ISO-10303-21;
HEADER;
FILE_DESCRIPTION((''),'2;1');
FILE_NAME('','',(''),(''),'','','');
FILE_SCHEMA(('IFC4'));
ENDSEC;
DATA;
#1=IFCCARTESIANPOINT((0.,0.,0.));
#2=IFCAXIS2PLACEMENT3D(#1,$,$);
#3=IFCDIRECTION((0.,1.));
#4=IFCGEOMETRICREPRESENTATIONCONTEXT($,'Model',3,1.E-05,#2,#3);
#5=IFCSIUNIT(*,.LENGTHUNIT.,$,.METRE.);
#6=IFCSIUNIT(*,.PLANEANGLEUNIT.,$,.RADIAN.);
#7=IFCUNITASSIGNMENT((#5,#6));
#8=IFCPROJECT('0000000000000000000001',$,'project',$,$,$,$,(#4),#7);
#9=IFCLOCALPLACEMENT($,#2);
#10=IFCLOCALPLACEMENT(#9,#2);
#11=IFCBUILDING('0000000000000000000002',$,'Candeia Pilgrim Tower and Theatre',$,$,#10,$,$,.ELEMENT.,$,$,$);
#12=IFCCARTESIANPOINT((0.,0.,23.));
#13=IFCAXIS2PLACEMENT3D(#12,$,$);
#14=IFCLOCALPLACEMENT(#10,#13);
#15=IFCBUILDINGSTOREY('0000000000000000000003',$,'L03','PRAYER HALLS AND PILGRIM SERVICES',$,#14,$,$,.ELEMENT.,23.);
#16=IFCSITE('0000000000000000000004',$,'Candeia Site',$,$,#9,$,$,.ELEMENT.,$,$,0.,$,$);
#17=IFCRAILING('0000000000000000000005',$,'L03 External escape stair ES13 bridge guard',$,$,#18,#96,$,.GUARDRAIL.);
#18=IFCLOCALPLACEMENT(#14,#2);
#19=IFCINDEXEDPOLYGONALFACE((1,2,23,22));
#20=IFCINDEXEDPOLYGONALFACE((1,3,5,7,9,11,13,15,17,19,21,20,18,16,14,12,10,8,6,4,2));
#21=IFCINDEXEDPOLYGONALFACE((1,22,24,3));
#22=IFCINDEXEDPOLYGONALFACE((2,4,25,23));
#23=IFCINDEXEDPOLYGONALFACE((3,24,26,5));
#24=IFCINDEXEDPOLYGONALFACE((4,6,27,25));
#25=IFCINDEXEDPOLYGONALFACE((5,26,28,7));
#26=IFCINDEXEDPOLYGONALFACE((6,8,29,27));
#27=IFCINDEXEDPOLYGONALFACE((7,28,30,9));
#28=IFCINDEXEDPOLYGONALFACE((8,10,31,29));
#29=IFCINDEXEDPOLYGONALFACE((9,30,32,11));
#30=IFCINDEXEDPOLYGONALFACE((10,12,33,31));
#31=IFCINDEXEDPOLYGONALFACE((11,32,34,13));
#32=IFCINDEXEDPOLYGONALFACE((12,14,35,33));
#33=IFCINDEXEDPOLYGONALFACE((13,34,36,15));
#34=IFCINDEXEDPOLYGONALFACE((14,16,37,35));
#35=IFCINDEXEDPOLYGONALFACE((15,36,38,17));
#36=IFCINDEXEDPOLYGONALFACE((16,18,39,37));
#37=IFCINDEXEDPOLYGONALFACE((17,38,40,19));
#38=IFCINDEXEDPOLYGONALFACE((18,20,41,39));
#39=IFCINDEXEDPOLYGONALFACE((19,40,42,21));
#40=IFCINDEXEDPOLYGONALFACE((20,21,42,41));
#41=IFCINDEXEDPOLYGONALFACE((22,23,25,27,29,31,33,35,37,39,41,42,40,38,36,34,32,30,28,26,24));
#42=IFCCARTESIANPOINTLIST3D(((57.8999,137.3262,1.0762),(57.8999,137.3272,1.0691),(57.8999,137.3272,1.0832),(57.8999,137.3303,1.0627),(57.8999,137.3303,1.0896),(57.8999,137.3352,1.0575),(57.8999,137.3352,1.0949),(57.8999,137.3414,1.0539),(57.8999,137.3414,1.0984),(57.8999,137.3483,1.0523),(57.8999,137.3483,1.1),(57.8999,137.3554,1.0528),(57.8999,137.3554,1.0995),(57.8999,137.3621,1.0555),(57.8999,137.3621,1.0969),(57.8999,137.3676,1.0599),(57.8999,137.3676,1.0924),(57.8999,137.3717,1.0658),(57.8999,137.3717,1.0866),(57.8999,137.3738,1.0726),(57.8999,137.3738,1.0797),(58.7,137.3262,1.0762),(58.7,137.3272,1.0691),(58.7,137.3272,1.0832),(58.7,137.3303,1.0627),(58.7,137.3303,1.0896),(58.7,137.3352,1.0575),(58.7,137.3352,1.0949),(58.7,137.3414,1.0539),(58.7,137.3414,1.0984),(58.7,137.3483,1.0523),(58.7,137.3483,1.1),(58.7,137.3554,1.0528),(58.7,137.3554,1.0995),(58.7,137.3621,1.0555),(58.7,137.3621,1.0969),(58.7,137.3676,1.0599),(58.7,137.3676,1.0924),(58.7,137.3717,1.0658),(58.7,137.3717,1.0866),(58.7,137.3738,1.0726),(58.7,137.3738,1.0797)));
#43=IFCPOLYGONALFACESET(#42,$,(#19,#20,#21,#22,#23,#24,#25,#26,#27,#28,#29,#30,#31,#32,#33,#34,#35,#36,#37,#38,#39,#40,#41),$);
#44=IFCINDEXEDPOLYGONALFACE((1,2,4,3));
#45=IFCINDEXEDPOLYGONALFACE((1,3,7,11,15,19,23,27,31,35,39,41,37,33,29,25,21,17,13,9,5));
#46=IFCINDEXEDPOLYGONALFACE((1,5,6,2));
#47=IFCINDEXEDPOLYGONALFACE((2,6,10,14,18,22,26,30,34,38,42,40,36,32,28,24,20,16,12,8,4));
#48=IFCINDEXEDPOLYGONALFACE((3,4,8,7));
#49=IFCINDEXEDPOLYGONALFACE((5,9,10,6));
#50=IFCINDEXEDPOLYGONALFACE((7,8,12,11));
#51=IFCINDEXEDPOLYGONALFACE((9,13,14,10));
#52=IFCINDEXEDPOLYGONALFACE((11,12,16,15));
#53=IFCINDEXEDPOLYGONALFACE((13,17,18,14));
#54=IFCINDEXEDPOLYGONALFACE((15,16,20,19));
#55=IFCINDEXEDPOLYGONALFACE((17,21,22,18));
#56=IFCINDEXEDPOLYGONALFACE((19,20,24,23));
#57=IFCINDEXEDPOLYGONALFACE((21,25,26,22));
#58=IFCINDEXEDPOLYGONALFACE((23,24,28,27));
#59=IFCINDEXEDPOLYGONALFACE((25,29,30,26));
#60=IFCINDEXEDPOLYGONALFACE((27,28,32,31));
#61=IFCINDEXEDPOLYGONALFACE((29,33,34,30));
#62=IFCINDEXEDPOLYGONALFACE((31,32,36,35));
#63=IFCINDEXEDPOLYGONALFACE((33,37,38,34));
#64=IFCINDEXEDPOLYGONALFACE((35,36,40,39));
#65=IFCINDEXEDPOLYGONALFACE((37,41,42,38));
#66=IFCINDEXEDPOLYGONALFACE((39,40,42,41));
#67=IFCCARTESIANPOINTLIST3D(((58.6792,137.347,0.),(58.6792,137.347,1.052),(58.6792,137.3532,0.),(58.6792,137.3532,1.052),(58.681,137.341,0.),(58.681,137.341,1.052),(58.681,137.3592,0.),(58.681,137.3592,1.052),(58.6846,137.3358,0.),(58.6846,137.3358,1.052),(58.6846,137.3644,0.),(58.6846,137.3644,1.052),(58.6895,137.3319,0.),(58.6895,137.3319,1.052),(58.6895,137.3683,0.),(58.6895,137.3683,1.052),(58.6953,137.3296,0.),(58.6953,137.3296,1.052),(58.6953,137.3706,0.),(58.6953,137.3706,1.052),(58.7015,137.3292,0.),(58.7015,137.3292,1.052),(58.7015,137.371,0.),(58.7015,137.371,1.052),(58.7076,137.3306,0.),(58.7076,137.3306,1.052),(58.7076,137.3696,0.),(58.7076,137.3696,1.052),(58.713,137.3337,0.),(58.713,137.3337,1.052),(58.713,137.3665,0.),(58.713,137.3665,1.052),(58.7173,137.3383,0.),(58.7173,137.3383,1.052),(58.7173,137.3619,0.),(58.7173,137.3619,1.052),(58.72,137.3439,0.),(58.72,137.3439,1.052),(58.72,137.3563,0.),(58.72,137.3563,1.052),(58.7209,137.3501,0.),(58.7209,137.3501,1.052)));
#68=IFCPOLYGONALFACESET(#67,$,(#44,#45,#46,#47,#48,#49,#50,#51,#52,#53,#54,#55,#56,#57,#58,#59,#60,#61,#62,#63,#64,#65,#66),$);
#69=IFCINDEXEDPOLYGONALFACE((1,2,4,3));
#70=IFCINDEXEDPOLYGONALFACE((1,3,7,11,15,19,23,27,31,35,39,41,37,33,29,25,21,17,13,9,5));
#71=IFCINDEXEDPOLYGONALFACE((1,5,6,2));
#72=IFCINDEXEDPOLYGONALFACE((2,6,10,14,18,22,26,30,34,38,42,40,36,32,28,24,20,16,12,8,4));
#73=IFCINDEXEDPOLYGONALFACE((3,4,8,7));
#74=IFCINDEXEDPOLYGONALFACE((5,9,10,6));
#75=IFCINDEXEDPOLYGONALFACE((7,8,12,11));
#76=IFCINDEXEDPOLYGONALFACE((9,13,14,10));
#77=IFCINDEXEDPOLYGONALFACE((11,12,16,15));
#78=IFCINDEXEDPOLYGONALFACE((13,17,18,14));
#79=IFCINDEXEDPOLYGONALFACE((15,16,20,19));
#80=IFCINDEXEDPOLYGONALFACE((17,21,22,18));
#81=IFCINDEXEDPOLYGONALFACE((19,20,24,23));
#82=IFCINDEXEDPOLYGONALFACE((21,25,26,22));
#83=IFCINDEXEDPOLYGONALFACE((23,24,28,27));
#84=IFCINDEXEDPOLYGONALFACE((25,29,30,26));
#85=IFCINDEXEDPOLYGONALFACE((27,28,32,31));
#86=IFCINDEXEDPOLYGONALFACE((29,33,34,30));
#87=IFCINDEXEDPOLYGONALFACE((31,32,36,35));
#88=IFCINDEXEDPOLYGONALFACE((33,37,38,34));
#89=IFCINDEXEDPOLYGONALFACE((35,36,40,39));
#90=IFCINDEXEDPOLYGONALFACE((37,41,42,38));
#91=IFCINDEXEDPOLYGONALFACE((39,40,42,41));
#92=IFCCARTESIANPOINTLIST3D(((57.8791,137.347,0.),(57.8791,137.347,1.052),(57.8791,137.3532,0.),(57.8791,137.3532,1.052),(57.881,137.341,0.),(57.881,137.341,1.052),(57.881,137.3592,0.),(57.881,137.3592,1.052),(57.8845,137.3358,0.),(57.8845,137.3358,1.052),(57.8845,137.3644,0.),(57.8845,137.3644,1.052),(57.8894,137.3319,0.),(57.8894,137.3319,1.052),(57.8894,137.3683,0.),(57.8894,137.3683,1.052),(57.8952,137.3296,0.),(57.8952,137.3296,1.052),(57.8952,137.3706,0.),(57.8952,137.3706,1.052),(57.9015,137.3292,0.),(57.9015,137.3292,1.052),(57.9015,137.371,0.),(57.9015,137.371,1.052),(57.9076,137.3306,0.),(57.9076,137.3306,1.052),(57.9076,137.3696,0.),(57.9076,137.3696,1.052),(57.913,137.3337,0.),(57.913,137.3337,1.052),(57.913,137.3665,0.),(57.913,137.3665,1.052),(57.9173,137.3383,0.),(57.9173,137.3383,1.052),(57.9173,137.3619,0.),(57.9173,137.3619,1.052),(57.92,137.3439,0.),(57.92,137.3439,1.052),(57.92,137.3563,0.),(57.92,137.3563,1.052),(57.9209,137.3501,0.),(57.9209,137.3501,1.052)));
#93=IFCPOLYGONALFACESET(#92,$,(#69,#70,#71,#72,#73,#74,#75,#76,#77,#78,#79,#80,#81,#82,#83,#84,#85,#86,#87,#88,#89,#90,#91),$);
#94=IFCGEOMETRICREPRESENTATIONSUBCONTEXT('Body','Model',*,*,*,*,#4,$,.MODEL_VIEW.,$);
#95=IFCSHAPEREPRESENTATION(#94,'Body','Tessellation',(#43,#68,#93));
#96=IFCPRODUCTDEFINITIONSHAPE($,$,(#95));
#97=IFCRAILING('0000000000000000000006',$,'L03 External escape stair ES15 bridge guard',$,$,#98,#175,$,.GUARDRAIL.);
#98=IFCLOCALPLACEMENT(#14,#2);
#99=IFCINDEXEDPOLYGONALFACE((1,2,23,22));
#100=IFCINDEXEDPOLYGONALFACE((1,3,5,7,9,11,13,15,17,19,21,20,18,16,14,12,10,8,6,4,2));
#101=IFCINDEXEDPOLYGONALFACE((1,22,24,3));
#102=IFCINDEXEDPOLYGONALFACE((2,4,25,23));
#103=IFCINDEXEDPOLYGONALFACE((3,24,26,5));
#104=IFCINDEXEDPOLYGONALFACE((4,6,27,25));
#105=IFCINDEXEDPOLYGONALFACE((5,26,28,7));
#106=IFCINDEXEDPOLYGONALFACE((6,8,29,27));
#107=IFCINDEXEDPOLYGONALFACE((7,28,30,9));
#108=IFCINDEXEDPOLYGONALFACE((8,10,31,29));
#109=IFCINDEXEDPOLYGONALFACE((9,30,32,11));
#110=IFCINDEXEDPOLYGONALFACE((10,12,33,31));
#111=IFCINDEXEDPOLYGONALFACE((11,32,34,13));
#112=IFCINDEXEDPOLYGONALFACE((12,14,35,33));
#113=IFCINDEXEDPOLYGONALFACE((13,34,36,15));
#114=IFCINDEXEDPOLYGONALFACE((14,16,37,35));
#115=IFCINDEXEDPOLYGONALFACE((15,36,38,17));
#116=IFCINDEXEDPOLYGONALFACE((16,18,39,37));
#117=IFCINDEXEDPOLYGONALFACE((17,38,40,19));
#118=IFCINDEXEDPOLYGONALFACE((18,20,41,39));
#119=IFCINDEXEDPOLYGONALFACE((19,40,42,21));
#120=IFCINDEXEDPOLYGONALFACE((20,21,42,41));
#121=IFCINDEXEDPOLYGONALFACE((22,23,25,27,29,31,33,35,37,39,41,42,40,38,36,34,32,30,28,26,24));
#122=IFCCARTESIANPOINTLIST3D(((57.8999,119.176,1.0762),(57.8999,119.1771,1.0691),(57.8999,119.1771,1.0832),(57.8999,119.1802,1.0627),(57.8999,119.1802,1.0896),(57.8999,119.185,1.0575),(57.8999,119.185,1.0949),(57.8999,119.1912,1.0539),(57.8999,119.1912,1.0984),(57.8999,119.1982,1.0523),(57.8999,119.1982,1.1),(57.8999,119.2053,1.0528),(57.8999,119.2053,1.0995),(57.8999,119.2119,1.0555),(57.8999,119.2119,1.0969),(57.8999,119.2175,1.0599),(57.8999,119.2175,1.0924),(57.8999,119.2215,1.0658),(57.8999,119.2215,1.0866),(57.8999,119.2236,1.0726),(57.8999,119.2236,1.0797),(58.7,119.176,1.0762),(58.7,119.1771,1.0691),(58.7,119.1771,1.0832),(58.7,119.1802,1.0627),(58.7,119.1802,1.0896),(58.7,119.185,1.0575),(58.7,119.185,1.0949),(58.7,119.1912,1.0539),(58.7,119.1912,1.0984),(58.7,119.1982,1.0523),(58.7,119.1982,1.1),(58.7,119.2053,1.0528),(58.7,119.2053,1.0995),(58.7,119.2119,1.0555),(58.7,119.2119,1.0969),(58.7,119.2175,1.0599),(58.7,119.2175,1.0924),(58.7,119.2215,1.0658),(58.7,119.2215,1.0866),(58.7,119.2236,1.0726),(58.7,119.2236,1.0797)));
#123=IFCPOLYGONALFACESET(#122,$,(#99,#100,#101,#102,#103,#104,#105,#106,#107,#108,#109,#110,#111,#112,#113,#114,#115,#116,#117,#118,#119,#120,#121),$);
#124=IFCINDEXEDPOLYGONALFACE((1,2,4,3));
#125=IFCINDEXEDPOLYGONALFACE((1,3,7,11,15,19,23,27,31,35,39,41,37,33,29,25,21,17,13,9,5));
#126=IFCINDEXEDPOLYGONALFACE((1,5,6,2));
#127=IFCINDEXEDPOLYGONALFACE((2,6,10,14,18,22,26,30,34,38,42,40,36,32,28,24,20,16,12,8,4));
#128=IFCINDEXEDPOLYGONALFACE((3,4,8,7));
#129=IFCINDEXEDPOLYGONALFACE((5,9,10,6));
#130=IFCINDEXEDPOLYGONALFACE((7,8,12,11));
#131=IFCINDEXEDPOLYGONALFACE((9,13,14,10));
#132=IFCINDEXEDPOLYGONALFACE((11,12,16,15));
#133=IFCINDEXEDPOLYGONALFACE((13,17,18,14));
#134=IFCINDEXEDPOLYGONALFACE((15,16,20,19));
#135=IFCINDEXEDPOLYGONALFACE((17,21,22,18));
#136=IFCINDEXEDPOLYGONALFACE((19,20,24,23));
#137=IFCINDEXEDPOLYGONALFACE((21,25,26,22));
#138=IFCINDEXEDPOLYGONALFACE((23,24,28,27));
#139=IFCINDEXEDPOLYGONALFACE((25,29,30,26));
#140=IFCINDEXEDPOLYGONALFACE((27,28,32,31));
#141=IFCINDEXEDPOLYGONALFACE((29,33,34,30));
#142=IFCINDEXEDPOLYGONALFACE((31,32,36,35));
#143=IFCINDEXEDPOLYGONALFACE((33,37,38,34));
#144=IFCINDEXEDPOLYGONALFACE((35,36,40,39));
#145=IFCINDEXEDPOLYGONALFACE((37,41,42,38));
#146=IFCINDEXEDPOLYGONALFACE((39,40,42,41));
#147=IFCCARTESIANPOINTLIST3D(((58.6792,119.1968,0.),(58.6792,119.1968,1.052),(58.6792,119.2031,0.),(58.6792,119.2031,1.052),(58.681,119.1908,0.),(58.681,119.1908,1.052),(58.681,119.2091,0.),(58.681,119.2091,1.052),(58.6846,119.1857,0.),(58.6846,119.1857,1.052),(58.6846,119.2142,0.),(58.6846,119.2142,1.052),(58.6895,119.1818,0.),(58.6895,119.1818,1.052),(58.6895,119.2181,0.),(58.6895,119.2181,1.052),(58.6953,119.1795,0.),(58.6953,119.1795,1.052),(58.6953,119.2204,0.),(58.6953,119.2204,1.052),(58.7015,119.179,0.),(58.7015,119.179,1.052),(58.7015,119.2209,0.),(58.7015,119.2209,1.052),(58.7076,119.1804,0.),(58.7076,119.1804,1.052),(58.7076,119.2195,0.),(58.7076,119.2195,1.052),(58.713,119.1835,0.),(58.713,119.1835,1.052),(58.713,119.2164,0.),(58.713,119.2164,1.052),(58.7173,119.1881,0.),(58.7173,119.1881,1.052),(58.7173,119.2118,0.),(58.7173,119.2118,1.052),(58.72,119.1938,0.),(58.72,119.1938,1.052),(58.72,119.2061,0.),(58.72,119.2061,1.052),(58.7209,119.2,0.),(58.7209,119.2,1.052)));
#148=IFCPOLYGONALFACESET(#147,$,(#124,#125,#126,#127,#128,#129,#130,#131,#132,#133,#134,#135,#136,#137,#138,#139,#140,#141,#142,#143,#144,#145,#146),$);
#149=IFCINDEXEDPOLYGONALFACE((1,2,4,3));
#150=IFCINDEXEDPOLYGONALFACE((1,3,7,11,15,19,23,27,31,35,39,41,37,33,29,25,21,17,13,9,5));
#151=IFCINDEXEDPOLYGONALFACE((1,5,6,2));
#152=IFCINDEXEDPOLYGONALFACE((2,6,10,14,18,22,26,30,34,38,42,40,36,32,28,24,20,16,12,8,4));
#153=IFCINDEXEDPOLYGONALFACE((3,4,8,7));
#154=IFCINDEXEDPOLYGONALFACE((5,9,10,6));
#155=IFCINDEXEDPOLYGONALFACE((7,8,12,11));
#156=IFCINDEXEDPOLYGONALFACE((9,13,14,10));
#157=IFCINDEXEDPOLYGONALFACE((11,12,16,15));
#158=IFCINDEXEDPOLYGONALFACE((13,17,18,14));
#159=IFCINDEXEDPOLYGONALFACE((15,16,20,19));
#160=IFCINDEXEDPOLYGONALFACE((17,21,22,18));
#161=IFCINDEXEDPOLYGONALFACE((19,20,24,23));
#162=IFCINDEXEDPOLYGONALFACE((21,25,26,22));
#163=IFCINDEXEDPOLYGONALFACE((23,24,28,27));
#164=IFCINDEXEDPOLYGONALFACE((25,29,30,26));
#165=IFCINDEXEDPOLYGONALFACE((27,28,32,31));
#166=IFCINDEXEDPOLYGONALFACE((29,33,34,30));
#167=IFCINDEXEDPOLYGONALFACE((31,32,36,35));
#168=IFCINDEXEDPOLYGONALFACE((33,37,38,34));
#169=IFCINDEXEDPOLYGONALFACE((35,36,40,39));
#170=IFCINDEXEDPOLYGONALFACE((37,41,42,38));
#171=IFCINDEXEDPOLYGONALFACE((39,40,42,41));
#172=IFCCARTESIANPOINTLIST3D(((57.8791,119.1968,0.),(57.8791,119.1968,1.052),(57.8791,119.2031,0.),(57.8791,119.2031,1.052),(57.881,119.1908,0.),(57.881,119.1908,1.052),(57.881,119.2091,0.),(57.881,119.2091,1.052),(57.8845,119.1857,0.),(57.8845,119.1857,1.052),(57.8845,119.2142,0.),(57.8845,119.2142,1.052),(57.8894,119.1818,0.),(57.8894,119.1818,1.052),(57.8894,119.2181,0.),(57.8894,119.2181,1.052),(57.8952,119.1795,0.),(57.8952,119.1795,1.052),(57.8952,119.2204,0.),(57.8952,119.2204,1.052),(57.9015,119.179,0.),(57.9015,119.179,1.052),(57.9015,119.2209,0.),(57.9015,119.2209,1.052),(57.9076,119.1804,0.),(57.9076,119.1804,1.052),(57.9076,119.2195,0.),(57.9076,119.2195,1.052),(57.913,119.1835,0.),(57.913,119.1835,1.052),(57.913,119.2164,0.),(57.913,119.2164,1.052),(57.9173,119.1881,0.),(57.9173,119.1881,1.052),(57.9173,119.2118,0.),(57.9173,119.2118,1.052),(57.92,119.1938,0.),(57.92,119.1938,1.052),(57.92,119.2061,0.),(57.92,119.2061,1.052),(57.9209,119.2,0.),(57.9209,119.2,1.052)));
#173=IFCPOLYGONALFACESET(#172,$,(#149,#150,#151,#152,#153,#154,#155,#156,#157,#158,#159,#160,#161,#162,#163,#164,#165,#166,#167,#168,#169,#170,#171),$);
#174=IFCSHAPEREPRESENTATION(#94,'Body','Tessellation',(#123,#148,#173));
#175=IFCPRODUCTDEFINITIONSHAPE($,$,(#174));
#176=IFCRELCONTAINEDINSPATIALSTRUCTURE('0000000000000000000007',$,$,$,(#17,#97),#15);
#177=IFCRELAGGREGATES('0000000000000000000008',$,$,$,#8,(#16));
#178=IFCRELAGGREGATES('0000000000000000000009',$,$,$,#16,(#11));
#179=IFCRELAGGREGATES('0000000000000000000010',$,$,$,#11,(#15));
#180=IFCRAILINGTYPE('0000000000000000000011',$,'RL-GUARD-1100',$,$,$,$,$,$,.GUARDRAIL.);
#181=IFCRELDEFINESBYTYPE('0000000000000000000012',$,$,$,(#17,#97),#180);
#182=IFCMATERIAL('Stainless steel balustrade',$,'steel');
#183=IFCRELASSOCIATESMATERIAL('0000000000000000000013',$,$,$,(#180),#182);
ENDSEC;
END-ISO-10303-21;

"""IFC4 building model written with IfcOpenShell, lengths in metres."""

from ifc_helpers import new_model, si_unit, direction, frame, origin, origin_2d, place, context, subcontext, project, spatial, circle, extrude, material, type_object, element, save


model = new_model("IFC4")

# Units and contexts
model_context = context("Model", 3, precision=1e-05, world=origin(), true_north=direction((0.0, 1.0)))
body_context = subcontext(model_context, "Body", "Model", "MODEL_VIEW")
ifc_project = project(units=[si_unit("LENGTHUNIT", "METRE"), si_unit("PLANEANGLEUNIT", "RADIAN")], contexts=[model_context])

# Site, building, storey
site_placement = place(None, origin())
site = spatial("IfcSite", under=ifc_project, at=site_placement, Name="Candeia Site", CompositionType="ELEMENT", RefElevation=0.0)
building_placement = place(site_placement, origin())
building = spatial("IfcBuilding", under=site, at=building_placement, Name="Candeia Pilgrim Tower and Theatre", CompositionType="ELEMENT")
storey_placement = place(building_placement, frame((0.0, 0.0, 23.0)))
storey = spatial("IfcBuildingStorey", under=building, at=storey_placement, Name="L03", Description="PRAYER HALLS AND PILGRIM SERVICES", CompositionType="ELEMENT", Elevation=23.0)

# Railings
ifc_material_1 = material(Name="Stainless steel balustrade", Category="steel")
railing_type_1 = type_object("IfcRailingType", Name="RL-GUARD-1100", PredefinedType="GUARDRAIL", material=ifc_material_1)
railing_1_placement = place(storey_placement, frame((58.7, 137.3501, 0.0)))
element("IfcRailing", 1, at=railing_1_placement, inside=storey, type_object=railing_type_1, Name="L03 External escape stair ES13 bridge guard", PredefinedType="GUARDRAIL", context=body_context, shape_type="SweptSolid", body=[
    extrude(circle(Radius=0.0239, at=origin_2d()), frame((0.0, 0.0, 1.0762), z_axis=(-1.0, 0.0, 0.0), x_axis=(0.0, -1.0, 0.0)), (0.0, 0.0, 1.0), 0.8),
    extrude(circle(Radius=0.021, at=origin_2d()), origin(), (0.0, 0.0, 1.0), 1.052),
    extrude(circle(Radius=0.021, at=origin_2d()), frame((-0.8, 0.0, 0.0)), (0.0, 0.0, 1.0), 1.052),
])
railing_2_placement = place(storey_placement, frame((58.7, 119.2, 0.0)))
element("IfcRailing", 2, at=railing_2_placement, inside=storey, type_object=railing_type_1, Name="L03 External escape stair ES15 bridge guard", PredefinedType="GUARDRAIL", context=body_context, shape_type="SweptSolid", body=[
    extrude(circle(Radius=0.0239, at=origin_2d()), frame((0.0, 0.0, 1.0762), z_axis=(-1.0, 0.0, 0.0), x_axis=(0.0, -1.0, 0.0)), (0.0, 0.0, 1.0), 0.8),
    extrude(circle(Radius=0.021, at=origin_2d()), origin(), (0.0, 0.0, 1.0), 1.052),
    extrude(circle(Radius=0.021, at=origin_2d()), frame((-0.8, 0.0, 0.0)), (0.0, 0.0, 1.0), 1.052),
])

save(model, "model.ifc")
